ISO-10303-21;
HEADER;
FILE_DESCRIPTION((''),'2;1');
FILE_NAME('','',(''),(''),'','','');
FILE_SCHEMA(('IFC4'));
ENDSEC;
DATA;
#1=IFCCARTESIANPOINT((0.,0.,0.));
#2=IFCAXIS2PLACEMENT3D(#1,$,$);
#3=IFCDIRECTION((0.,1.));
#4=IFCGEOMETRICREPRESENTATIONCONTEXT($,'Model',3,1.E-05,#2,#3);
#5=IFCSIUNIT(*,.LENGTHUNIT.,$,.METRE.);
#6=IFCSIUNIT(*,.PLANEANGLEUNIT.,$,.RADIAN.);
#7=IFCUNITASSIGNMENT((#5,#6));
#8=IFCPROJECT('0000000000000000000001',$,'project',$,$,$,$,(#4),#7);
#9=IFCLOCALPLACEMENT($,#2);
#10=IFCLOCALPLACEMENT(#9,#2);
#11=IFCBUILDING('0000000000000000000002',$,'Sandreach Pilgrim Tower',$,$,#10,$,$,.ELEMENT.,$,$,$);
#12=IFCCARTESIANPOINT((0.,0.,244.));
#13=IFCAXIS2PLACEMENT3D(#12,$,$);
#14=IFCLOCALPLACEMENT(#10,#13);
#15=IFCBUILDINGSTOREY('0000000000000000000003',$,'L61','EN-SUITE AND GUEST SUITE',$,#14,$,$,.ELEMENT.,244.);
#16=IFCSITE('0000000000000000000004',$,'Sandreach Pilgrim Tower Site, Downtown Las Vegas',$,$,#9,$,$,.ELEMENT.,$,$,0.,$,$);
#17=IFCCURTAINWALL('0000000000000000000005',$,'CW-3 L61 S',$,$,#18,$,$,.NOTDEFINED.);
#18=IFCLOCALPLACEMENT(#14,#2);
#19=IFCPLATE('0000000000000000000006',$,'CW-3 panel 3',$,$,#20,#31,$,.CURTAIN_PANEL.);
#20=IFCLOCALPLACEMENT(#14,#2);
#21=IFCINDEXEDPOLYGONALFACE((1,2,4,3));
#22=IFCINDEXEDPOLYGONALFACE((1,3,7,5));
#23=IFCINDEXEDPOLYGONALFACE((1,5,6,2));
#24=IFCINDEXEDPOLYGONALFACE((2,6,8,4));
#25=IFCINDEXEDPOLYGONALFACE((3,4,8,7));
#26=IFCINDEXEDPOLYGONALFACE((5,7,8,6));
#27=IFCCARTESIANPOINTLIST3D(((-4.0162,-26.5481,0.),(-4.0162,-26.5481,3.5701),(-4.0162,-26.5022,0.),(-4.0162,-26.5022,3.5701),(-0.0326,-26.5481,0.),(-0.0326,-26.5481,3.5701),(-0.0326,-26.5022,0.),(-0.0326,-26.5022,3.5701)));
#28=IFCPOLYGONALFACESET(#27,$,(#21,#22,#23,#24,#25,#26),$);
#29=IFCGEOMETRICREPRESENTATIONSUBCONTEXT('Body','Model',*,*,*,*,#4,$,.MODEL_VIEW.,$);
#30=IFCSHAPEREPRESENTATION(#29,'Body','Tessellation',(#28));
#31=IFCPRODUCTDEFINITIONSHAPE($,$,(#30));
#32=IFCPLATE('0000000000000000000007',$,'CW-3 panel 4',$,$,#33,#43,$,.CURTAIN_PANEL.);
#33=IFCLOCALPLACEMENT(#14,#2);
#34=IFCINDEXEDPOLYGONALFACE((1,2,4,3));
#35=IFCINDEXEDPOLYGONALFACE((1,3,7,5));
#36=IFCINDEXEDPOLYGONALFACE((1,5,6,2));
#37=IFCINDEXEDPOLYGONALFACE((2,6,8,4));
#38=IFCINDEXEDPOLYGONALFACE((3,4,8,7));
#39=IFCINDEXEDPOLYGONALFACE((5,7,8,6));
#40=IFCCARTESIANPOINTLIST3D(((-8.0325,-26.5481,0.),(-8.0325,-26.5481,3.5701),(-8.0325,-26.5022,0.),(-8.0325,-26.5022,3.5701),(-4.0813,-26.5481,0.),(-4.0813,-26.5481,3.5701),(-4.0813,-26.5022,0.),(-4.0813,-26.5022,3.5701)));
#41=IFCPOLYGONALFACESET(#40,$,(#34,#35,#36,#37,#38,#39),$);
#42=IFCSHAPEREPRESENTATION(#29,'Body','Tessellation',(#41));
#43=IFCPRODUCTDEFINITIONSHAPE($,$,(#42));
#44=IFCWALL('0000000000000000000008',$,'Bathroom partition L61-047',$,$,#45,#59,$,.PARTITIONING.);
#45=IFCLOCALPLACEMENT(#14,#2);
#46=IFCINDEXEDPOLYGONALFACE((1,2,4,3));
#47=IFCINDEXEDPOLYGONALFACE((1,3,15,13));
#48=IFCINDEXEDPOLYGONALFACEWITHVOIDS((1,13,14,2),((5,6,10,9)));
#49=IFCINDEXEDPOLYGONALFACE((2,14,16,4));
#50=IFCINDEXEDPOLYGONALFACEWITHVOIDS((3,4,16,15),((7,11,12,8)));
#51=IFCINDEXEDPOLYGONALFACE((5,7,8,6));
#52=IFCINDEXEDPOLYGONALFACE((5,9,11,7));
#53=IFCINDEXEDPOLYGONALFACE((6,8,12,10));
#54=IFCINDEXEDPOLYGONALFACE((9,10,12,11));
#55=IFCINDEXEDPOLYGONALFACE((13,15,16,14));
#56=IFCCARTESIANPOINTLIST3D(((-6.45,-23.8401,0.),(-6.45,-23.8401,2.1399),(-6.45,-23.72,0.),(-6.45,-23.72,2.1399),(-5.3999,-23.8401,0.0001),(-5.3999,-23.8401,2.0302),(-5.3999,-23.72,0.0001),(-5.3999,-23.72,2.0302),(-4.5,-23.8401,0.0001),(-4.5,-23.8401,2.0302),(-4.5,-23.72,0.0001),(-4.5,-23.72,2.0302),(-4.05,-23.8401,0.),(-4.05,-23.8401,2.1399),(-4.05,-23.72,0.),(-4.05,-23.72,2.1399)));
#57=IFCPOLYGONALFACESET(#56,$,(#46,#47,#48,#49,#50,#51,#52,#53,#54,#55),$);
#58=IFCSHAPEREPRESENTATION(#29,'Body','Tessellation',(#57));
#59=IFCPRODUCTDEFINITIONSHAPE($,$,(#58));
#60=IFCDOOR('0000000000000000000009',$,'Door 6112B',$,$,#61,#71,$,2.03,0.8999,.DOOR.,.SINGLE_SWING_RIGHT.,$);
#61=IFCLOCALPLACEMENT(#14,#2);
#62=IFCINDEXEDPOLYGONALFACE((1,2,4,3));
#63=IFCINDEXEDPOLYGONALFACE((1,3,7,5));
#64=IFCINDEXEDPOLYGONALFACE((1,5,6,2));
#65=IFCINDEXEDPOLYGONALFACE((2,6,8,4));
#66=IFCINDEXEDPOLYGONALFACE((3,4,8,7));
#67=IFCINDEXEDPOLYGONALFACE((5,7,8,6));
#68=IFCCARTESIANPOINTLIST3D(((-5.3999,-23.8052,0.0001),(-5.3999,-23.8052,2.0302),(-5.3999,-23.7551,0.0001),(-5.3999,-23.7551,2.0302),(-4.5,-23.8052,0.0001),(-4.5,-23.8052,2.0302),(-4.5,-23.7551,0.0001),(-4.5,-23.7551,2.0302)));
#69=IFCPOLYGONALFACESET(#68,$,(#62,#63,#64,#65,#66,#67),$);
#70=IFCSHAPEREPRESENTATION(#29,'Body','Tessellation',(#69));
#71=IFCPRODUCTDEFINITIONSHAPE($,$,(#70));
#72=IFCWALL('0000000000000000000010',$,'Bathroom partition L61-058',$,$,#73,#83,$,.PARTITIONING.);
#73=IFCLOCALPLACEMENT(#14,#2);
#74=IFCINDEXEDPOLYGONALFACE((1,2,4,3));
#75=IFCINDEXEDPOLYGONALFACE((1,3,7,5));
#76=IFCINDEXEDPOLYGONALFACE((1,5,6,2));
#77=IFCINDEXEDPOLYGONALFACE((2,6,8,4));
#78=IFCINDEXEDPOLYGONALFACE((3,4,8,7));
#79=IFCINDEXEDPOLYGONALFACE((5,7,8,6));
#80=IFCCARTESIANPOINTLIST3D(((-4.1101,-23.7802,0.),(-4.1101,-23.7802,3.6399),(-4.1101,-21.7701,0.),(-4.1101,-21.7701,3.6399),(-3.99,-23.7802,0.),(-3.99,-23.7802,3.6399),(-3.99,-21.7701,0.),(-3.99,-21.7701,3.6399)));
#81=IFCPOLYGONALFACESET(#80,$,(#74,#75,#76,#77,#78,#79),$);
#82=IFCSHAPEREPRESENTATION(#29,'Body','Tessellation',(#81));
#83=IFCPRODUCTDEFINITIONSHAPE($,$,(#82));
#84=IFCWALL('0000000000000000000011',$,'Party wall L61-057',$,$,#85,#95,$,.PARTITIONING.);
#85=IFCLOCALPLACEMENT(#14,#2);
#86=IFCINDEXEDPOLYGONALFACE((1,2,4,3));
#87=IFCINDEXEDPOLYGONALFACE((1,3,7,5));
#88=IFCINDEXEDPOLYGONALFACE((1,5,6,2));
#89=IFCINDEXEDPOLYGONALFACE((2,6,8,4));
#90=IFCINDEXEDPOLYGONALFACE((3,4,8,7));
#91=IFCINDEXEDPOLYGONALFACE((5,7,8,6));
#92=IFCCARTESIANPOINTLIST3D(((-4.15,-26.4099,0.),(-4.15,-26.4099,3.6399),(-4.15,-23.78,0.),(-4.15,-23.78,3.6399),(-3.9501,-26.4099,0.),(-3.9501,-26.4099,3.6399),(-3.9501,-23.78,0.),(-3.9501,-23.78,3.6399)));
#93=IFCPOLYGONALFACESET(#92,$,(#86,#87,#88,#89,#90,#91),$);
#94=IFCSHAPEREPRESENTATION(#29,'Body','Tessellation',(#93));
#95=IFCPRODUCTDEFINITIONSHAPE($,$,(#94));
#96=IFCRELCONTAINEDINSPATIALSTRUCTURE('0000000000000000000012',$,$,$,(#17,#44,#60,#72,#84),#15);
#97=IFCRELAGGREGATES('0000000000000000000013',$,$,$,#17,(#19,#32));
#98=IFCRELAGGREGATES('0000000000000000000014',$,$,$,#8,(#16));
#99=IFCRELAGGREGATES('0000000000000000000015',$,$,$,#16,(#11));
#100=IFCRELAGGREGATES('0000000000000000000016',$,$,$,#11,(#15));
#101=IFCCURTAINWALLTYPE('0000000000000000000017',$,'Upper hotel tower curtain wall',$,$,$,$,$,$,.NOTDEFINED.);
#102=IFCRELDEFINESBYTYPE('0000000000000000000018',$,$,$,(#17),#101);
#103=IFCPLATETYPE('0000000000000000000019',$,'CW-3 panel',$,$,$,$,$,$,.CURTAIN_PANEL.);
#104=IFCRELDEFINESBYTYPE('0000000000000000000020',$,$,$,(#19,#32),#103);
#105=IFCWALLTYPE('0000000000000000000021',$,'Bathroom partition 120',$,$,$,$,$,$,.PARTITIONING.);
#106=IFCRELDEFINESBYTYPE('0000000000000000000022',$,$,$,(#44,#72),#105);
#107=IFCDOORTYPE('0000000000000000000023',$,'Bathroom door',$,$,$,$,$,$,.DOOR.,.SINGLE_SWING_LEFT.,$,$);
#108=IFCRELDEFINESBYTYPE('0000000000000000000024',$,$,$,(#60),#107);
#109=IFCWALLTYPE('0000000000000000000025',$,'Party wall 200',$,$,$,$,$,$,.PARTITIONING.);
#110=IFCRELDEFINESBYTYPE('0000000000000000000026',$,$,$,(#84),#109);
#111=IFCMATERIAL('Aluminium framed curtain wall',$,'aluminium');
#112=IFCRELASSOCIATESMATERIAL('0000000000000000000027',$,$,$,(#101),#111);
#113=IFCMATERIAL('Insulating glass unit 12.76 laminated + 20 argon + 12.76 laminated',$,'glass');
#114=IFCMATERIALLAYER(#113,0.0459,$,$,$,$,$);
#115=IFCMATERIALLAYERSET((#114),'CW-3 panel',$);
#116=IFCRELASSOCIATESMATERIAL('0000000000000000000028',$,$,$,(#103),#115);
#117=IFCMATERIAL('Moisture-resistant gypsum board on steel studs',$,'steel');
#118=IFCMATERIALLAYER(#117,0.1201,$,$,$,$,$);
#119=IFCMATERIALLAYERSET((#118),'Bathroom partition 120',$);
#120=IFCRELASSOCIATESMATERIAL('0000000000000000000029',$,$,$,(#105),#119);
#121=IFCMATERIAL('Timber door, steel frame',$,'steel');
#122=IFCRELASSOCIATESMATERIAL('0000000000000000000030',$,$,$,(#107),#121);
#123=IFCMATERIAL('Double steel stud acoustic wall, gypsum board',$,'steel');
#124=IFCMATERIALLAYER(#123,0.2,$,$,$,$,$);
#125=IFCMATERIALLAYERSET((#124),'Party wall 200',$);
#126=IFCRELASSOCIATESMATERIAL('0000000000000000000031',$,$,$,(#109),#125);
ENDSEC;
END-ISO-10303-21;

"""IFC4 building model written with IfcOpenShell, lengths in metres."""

from ifc_helpers import new_model, si_unit, direction, frame, frame_2d, origin, origin_2d, place, context, subcontext, project, spatial, rectangle, extrude, material, layer, layer_set, type_object, element, fill, aggregate, save


model = new_model("IFC4")

# Units and contexts
model_context = context("Model", 3, precision=1e-05, world=origin(), true_north=direction((0.0, 1.0)))
body_context = subcontext(model_context, "Body", "Model", "MODEL_VIEW")
ifc_project = project(units=[si_unit("LENGTHUNIT", "METRE"), si_unit("PLANEANGLEUNIT", "RADIAN")], contexts=[model_context])

# Site, building, storey
site_placement = place(None, origin())
site = spatial("IfcSite", under=ifc_project, at=site_placement, Name="Sandreach Pilgrim Tower Site, Downtown Las Vegas", CompositionType="ELEMENT", RefElevation=0.0)
building_placement = place(site_placement, origin())
building = spatial("IfcBuilding", under=site, at=building_placement, Name="Sandreach Pilgrim Tower", CompositionType="ELEMENT")
storey_placement = place(building_placement, frame((0.0, 0.0, 244.0)))
storey = spatial("IfcBuildingStorey", under=building, at=storey_placement, Name="L61", Description="EN-SUITE AND GUEST SUITE", CompositionType="ELEMENT", Elevation=244.0)

# Curtain wall
ifc_material_1 = material(Name="Aluminium framed curtain wall", Category="aluminium")
curtain_wall_type = type_object("IfcCurtainWallType", Name="Upper hotel tower curtain wall", PredefinedType="NOTDEFINED", material=ifc_material_1)
curtain_wall_placement = place(storey_placement, origin())
curtain_wall = element("IfcCurtainWall", 1, at=curtain_wall_placement, inside=storey, type_object=curtain_wall_type, Name="CW-3 L61 S", PredefinedType="NOTDEFINED")

# Plates
ifc_material_2 = material(Name="Insulating glass unit 12.76 laminated + 20 argon + 12.76 laminated", Category="glass")
ifc_layer_1 = layer(ifc_material_2, 0.0459)
ifc_layer_set_1 = layer_set([ifc_layer_1], Name="CW-3 panel")
plate_type = type_object("IfcPlateType", Name="CW-3 panel", PredefinedType="CURTAIN_PANEL", material=ifc_layer_set_1)
plate_1_placement = place(storey_placement, frame((-2.0244, -26.5251, 0.0), z_axis=(0.0, 0.0, 1.0), x_axis=(-1.0, 0.0, 0.0)))
plate_1 = element("IfcPlate", 2, at=plate_1_placement, type_object=plate_type, Name="CW-3 panel 3", PredefinedType="CURTAIN_PANEL", context=body_context, shape_type="SweptSolid", body=[
    extrude(rectangle(XDim=3.9836, YDim=0.0459, at=origin_2d()), origin(), (0.0, 0.0, 1.0), 3.5701),
])
plate_2_placement = place(storey_placement, frame((-6.0569, -26.5251, 0.0), z_axis=(0.0, 0.0, 1.0), x_axis=(-1.0, 0.0, 0.0)))
plate_2 = element("IfcPlate", 3, at=plate_2_placement, type_object=plate_type, Name="CW-3 panel 4", PredefinedType="CURTAIN_PANEL", context=body_context, shape_type="SweptSolid", body=[
    extrude(rectangle(XDim=3.9512, YDim=0.0459, at=origin_2d()), origin(), (0.0, 0.0, 1.0), 3.5701),
])
aggregate(curtain_wall, [plate_1, plate_2])

# Wall, opening, door
ifc_material_3 = material(Name="Moisture-resistant gypsum board on steel studs", Category="steel")
ifc_layer_2 = layer(ifc_material_3, 0.1201)
ifc_layer_set_2 = layer_set([ifc_layer_2], Name="Bathroom partition 120")
wall_type_1 = type_object("IfcWallType", Name="Bathroom partition 120", PredefinedType="PARTITIONING", material=ifc_layer_set_2)
wall_1_placement = place(storey_placement, frame((-6.45, -23.78, 0.0), z_axis=(0.0, 0.0, 1.0), x_axis=(1.0, 0.0, 0.0)))
wall_1 = element("IfcWall", 4, at=wall_1_placement, inside=storey, type_object=wall_type_1, Name="Bathroom partition L61-047", PredefinedType="PARTITIONING", context=body_context, shape_type="SweptSolid", body=[
    extrude(rectangle(XDim=2.3999, YDim=0.1201, at=frame_2d((1.2, 0.0))), origin(), (0.0, 0.0, 1.0), 2.1399),
])
opening_placement = place(wall_1_placement, frame((1.05, 0.0, 0.0)))
opening = element("IfcOpeningElement", 5, at=opening_placement, cuts=wall_1, PredefinedType="OPENING", context=body_context, shape_type="SweptSolid", body=[
    extrude(rectangle(XDim=0.8999, YDim=2.03, at=frame_2d((0.45, 1.0151))), frame((0.0, 0.0601, 0.0), z_axis=(0.0, -1.0, 0.0), x_axis=(1.0, 0.0, 0.0)), (0.0, 0.0, 1.0), 0.1201),
])
ifc_material_4 = material(Name="Timber door, steel frame", Category="steel")
door_type = type_object("IfcDoorType", Name="Bathroom door", OperationType="SINGLE_SWING_LEFT", PredefinedType="DOOR", material=ifc_material_4)
door_placement = place(opening_placement, origin())
door = element("IfcDoor", 6, at=door_placement, inside=storey, type_object=door_type, Name="Door 6112B", OperationType="SINGLE_SWING_RIGHT", OverallHeight=2.03, OverallWidth=0.8999, PredefinedType="DOOR", context=body_context, shape_type="SweptSolid", body=[
    extrude(rectangle(XDim=0.8999, YDim=2.03, at=frame_2d((0.45, 1.0151))), frame((0.0, 0.0249, 0.0), z_axis=(0.0, -1.0, 0.0), x_axis=(1.0, 0.0, 0.0)), (0.0, 0.0, 1.0), 0.05),
])
fill(opening, door)

# Walls
wall_2_placement = place(storey_placement, frame((-4.05, -23.78, 0.0), z_axis=(0.0, 0.0, 1.0), x_axis=(0.0, 1.0, 0.0)))
element("IfcWall", 7, at=wall_2_placement, inside=storey, type_object=wall_type_1, Name="Bathroom partition L61-058", PredefinedType="PARTITIONING", context=body_context, shape_type="SweptSolid", body=[
    extrude(rectangle(XDim=2.01, YDim=0.1201, at=frame_2d((1.0049, 0.0))), origin(), (0.0, 0.0, 1.0), 3.6399),
])
ifc_material_5 = material(Name="Double steel stud acoustic wall, gypsum board", Category="steel")
ifc_layer_3 = layer(ifc_material_5, 0.2)
ifc_layer_set_3 = layer_set([ifc_layer_3], Name="Party wall 200")
wall_type_2 = type_object("IfcWallType", Name="Party wall 200", PredefinedType="PARTITIONING", material=ifc_layer_set_3)
wall_3_placement = place(storey_placement, frame((-4.05, -26.4099, 0.0), z_axis=(0.0, 0.0, 1.0), x_axis=(0.0, 1.0, 0.0)))
element("IfcWall", 8, at=wall_3_placement, inside=storey, type_object=wall_type_2, Name="Party wall L61-057", PredefinedType="PARTITIONING", context=body_context, shape_type="SweptSolid", body=[
    extrude(rectangle(XDim=2.6299, YDim=0.2, at=frame_2d((1.3149, 0.0))), origin(), (0.0, 0.0, 1.0), 3.6399),
])

save(model, "model.ifc")
